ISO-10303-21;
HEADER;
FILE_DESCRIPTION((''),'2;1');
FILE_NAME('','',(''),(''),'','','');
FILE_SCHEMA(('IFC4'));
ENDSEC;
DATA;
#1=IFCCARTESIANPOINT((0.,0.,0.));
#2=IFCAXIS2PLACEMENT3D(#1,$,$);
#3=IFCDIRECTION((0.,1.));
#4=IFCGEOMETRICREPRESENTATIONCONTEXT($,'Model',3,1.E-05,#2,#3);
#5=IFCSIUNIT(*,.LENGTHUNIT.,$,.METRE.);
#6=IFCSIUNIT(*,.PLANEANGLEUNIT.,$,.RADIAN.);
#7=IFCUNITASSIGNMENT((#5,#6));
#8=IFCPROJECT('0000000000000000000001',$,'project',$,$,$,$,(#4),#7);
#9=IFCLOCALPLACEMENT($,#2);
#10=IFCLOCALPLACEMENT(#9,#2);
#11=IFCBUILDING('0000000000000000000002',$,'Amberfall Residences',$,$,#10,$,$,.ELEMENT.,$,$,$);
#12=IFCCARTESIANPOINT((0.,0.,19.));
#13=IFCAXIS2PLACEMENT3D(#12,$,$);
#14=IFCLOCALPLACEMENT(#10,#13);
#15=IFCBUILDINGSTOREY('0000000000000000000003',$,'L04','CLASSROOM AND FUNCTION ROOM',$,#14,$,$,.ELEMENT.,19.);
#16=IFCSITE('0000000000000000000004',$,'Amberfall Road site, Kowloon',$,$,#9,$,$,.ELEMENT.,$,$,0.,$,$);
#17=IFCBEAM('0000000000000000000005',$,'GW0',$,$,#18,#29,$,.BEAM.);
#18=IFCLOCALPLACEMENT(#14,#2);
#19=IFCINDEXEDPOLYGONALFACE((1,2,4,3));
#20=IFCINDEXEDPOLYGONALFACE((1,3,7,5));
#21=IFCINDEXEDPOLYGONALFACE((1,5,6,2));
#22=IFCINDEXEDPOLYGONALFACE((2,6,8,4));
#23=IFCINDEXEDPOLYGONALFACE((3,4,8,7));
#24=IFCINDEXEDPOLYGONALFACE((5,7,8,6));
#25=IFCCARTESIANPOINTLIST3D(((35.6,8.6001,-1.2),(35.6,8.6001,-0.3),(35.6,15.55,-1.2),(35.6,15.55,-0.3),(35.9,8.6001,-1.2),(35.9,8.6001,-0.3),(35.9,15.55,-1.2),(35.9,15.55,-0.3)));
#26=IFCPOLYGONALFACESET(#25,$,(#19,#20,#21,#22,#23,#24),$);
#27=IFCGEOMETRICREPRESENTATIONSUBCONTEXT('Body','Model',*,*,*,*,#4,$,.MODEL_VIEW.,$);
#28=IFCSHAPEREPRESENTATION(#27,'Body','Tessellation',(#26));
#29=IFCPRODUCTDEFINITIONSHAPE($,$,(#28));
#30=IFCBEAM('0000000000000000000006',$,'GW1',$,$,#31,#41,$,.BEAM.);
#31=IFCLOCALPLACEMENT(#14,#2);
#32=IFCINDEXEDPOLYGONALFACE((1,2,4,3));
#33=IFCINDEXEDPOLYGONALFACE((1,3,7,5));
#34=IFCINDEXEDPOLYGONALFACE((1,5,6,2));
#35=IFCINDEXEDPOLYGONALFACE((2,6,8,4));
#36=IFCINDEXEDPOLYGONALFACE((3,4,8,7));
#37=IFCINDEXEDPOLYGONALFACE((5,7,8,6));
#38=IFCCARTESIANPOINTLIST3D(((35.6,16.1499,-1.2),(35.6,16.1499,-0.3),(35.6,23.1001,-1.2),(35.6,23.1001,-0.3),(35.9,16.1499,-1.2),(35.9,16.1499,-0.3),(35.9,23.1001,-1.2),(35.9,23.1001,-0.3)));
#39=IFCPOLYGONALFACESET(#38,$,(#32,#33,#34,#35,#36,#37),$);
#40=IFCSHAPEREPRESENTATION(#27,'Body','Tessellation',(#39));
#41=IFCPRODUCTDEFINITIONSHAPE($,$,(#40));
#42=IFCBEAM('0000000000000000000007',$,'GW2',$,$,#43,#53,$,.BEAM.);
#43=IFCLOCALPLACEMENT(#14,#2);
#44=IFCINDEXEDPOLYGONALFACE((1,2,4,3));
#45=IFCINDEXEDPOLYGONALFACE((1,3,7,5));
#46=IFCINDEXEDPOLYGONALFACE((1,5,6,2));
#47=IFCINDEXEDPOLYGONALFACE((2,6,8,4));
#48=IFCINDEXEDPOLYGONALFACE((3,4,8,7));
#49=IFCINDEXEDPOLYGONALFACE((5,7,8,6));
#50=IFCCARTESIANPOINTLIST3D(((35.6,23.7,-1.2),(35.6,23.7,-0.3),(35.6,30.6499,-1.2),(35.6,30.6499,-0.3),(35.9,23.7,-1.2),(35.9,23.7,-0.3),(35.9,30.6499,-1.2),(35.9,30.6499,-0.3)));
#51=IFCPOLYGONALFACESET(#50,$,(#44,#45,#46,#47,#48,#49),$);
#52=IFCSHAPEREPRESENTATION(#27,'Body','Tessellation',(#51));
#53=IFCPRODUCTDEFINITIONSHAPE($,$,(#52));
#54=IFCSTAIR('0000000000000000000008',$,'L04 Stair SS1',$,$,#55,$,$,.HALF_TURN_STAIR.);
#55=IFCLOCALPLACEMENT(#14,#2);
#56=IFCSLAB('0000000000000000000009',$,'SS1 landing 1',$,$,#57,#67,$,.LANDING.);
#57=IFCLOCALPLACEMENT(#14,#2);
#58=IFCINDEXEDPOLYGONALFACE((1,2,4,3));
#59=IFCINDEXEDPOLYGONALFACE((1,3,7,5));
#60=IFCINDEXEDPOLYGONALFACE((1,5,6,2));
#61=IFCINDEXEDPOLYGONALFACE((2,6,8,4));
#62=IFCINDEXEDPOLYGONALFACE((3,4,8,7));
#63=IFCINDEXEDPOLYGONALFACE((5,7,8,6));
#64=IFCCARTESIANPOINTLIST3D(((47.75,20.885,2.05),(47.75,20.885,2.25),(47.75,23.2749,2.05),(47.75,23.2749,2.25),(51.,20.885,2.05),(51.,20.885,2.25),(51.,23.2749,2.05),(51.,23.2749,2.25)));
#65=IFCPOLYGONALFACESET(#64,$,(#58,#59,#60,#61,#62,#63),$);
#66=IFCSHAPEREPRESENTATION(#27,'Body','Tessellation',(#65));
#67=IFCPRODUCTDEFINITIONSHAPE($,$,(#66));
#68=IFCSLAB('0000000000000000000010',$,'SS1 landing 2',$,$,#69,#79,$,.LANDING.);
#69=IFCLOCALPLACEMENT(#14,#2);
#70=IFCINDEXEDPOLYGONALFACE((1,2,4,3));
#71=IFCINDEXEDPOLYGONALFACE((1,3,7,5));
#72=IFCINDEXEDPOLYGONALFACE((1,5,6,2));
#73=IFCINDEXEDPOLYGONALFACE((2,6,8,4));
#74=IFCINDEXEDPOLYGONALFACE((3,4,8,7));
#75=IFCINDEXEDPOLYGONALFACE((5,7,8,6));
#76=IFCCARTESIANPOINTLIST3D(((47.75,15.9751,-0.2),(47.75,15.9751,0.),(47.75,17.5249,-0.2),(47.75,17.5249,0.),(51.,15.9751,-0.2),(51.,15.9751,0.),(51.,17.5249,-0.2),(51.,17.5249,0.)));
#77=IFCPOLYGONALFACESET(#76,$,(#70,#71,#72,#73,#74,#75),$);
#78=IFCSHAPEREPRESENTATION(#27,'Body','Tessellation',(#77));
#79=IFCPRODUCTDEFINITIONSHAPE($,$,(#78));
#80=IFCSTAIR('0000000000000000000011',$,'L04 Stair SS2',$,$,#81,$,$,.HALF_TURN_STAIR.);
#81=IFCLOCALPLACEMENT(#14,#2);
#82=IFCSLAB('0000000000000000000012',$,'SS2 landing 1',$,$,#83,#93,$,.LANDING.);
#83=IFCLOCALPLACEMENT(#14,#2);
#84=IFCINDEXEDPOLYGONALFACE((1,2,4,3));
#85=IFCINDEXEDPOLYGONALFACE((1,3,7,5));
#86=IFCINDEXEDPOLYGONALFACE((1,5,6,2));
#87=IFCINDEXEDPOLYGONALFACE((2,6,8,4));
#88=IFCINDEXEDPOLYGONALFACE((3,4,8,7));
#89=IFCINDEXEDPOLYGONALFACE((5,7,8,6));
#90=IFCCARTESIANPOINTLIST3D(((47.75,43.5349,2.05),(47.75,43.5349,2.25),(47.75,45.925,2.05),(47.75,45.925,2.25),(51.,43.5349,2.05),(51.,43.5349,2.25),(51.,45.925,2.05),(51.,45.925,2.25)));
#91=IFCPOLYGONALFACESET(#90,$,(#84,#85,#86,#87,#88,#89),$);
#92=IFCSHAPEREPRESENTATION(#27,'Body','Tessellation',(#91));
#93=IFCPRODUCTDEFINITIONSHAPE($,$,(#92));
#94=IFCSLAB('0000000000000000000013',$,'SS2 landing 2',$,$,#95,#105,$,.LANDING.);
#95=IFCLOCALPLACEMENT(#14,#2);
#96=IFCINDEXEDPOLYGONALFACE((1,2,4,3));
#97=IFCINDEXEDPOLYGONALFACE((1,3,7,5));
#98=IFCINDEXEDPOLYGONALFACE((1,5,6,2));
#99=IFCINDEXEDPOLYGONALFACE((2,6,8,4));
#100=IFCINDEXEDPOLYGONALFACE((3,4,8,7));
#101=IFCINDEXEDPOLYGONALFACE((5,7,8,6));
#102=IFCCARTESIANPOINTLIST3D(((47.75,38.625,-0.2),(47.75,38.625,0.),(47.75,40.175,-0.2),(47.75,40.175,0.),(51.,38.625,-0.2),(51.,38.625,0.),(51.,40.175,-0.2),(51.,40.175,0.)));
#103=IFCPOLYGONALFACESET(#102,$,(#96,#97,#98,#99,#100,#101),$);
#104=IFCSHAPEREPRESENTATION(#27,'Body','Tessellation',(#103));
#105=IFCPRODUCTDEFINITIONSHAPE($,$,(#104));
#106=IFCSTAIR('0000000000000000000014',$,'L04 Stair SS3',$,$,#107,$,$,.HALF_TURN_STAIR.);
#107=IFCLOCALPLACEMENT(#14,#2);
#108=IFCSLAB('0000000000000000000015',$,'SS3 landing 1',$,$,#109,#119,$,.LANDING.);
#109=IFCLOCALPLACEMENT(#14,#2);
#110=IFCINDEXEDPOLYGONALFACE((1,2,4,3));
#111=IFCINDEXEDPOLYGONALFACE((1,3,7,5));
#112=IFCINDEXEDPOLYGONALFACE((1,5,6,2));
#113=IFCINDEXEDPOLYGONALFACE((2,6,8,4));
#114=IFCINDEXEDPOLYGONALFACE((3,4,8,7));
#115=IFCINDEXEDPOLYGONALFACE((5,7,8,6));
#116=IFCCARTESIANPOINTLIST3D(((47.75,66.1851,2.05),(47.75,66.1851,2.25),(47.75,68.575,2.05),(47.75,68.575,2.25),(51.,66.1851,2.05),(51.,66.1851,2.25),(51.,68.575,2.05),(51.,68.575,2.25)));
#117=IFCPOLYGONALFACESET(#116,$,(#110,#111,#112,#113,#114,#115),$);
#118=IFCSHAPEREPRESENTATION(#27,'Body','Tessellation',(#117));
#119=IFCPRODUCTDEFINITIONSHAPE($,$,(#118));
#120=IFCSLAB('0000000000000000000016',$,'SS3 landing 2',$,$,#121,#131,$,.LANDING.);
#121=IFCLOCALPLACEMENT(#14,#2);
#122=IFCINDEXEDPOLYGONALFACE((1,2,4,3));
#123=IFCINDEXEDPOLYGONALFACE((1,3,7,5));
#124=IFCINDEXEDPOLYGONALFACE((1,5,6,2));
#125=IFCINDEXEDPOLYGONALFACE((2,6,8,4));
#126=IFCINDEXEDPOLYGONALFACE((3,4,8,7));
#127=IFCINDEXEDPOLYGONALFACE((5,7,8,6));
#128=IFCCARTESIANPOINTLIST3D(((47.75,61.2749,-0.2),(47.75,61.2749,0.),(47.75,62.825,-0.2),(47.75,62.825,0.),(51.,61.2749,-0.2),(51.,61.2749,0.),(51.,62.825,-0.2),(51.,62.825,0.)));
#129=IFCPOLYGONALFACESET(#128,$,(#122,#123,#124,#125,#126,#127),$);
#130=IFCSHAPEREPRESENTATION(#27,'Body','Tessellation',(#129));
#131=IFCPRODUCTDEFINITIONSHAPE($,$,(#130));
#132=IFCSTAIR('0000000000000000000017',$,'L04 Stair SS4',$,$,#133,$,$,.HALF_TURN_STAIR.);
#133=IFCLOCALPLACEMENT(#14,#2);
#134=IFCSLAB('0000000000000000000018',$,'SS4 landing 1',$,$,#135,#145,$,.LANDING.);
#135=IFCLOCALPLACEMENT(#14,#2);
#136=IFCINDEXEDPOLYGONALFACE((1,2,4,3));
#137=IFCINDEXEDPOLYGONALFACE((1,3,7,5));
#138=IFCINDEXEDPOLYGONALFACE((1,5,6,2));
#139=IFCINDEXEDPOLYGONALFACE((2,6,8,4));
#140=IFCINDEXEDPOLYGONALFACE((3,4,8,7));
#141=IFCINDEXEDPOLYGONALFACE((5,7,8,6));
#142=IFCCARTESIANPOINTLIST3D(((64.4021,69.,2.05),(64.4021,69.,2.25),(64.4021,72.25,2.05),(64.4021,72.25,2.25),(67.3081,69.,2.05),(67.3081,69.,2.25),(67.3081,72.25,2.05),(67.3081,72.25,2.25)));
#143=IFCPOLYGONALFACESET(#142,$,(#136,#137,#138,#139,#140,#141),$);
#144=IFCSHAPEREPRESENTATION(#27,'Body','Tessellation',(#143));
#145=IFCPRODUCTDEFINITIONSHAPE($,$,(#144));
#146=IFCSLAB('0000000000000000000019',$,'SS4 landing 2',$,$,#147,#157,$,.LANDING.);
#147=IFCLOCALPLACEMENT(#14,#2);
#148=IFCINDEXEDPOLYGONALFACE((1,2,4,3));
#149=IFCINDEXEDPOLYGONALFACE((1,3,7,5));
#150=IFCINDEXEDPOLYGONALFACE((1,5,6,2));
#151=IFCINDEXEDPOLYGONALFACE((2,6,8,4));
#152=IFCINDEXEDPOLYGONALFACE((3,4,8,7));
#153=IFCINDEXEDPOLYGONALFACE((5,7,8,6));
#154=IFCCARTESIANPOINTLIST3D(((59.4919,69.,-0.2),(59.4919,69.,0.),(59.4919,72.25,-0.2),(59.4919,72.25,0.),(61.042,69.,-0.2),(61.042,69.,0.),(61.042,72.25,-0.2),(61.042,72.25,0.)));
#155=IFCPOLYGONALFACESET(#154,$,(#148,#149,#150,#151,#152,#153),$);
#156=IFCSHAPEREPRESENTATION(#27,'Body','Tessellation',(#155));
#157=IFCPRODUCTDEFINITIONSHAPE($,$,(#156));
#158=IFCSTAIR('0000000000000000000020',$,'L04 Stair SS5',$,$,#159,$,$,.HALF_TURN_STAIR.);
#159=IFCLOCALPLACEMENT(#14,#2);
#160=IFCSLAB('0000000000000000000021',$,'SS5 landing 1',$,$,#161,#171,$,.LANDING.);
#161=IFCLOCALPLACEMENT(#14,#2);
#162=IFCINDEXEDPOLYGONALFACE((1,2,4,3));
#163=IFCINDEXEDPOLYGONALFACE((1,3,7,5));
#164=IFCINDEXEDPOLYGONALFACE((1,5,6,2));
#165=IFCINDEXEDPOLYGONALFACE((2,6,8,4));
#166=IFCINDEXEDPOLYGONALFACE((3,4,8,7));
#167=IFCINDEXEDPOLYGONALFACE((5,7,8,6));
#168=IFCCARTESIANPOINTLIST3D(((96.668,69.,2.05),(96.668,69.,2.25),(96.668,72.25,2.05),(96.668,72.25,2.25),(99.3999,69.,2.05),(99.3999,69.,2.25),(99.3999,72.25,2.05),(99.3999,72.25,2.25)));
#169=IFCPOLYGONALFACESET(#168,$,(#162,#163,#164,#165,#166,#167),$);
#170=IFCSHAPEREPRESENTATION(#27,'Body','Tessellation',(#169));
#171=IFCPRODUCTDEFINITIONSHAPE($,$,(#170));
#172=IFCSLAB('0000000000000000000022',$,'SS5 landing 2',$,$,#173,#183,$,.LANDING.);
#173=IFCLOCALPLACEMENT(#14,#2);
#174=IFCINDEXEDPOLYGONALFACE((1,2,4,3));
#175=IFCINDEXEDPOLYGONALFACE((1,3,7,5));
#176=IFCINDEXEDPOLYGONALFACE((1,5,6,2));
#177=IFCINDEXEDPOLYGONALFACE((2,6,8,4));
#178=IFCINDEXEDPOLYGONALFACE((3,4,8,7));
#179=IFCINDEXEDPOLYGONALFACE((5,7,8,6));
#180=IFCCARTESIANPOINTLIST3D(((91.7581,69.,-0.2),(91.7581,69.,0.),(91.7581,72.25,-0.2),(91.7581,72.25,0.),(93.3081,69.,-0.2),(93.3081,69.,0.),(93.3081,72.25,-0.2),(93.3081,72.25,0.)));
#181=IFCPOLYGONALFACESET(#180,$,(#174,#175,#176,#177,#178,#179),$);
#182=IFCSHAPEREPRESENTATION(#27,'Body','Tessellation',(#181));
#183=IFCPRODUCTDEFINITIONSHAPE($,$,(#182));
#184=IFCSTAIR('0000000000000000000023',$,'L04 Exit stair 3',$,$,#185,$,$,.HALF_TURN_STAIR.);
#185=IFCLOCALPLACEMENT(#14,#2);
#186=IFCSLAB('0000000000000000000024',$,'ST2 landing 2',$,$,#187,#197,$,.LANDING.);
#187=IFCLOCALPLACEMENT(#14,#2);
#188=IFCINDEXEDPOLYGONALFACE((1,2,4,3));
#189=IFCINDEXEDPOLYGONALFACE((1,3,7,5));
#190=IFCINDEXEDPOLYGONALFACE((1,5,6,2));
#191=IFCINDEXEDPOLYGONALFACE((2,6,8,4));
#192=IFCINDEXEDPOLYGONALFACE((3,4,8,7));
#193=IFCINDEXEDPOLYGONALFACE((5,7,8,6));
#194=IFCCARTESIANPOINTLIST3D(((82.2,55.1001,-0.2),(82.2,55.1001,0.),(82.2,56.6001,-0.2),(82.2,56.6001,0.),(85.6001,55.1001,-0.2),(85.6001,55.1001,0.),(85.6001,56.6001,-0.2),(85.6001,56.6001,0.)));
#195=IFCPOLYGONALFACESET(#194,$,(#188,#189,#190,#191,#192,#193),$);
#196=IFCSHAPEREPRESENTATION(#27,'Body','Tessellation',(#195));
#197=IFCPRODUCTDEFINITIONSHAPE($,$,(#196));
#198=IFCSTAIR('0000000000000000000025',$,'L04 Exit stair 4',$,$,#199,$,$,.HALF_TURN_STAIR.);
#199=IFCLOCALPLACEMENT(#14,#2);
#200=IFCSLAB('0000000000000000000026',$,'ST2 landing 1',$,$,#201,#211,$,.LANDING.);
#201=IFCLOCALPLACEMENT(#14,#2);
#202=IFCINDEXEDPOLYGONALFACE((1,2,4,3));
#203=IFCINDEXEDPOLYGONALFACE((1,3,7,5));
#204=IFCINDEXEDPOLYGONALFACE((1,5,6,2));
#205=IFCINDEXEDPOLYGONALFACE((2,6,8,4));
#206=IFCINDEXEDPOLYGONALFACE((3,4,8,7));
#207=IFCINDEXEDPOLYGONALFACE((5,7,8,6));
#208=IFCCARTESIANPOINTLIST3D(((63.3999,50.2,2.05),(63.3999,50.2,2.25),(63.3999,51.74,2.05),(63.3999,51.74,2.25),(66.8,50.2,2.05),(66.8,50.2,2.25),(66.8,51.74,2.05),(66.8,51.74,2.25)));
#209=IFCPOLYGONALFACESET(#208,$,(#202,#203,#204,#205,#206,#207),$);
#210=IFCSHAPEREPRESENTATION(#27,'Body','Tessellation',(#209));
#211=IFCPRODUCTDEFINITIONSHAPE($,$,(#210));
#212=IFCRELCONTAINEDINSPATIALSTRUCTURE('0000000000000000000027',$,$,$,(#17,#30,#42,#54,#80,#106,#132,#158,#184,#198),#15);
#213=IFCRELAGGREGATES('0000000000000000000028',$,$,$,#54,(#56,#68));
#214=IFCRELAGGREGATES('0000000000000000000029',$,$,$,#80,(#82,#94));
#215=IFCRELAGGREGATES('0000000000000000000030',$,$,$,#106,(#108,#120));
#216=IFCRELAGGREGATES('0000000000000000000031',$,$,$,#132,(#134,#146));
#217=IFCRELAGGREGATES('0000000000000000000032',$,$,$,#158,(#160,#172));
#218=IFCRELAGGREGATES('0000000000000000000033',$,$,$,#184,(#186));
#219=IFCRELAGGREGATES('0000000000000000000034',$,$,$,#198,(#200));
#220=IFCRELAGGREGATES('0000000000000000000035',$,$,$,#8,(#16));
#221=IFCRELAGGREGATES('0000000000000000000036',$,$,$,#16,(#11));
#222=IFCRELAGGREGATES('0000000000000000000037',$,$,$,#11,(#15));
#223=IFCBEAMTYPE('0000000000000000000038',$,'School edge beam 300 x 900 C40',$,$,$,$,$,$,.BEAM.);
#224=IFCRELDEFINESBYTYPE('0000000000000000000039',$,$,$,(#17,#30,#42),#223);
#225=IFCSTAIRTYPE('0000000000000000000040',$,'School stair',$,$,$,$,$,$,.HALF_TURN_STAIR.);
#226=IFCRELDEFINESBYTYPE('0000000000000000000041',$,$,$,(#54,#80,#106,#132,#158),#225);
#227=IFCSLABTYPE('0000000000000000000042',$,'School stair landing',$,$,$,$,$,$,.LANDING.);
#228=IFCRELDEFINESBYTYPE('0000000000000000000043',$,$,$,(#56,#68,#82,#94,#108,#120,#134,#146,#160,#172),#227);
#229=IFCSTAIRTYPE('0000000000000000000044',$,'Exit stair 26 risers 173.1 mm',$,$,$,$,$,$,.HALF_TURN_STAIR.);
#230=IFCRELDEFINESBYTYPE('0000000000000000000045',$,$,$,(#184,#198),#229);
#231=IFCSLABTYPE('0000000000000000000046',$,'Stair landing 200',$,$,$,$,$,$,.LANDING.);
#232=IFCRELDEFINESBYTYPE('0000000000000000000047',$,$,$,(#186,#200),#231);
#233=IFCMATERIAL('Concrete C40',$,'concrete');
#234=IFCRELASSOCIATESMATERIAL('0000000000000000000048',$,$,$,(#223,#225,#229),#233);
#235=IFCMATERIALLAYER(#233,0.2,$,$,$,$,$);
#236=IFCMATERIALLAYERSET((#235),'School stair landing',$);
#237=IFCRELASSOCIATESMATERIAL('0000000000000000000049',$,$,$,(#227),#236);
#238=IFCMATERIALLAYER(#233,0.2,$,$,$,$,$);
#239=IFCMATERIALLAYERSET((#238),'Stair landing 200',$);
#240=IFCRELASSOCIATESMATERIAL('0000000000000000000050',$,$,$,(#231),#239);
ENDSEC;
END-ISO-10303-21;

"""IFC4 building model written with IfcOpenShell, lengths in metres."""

from ifc_helpers import new_model, si_unit, direction, frame, origin, origin_2d, place, context, subcontext, project, spatial, polyline, rectangle, outline, extrude, material, layer, layer_set, material_profile, profile_set, type_object, element, aggregate, save


model = new_model("IFC4")

# Units and contexts
model_context = context("Model", 3, precision=1e-05, world=origin(), true_north=direction((0.0, 1.0)))
body_context = subcontext(model_context, "Body", "Model", "MODEL_VIEW")
ifc_project = project(units=[si_unit("LENGTHUNIT", "METRE"), si_unit("PLANEANGLEUNIT", "RADIAN")], contexts=[model_context])

# Site, building, storey
site_placement = place(None, origin())
site = spatial("IfcSite", under=ifc_project, at=site_placement, Name="Amberfall Road site, Kowloon", CompositionType="ELEMENT", RefElevation=0.0)
building_placement = place(site_placement, origin())
building = spatial("IfcBuilding", under=site, at=building_placement, Name="Amberfall Residences", CompositionType="ELEMENT")
storey_placement = place(building_placement, frame((0.0, 0.0, 19.0)))
storey = spatial("IfcBuildingStorey", under=building, at=storey_placement, Name="L04", Description="CLASSROOM AND FUNCTION ROOM", CompositionType="ELEMENT", Elevation=19.0)

# Beams
ifc_material_1 = material(Name="Concrete C40", Category="concrete")
ifc_material_profile = material_profile(ifc_material_1, rectangle(XDim=0.3, YDim=0.8999, at=origin_2d()), Name="School edge beam 300 x 900 C40")
ifc_profile_set = profile_set([ifc_material_profile], Name="Concrete C40")
beam_type = type_object("IfcBeamType", Name="School edge beam 300 x 900 C40", PredefinedType="BEAM", material=ifc_profile_set)
beam_1_placement = place(storey_placement, frame((35.75, 8.6001, -0.75), z_axis=(0.0, 1.0, 0.0), x_axis=(-1.0, 0.0, 0.0)))
element("IfcBeam", 1, at=beam_1_placement, inside=storey, type_object=beam_type, Name="GW0", PredefinedType="BEAM", context=body_context, shape_type="SweptSolid", body=[
    extrude(rectangle(XDim=0.3, YDim=0.8999, at=origin_2d()), origin(), (0.0, 0.0, 1.0), 6.95),
])
beam_2_placement = place(storey_placement, frame((35.75, 16.1499, -0.75), z_axis=(0.0, 1.0, 0.0), x_axis=(-1.0, 0.0, 0.0)))
element("IfcBeam", 2, at=beam_2_placement, inside=storey, type_object=beam_type, Name="GW1", PredefinedType="BEAM", context=body_context, shape_type="SweptSolid", body=[
    extrude(rectangle(XDim=0.3, YDim=0.8999, at=origin_2d()), origin(), (0.0, 0.0, 1.0), 6.9502),
])
beam_3_placement = place(storey_placement, frame((35.75, 23.7, -0.75), z_axis=(0.0, 1.0, 0.0), x_axis=(-1.0, 0.0, 0.0)))
element("IfcBeam", 3, at=beam_3_placement, inside=storey, type_object=beam_type, Name="GW2", PredefinedType="BEAM", context=body_context, shape_type="SweptSolid", body=[
    extrude(rectangle(XDim=0.3, YDim=0.8999, at=origin_2d()), origin(), (0.0, 0.0, 1.0), 6.95),
])

# Stairs, slabs
stair_type_1 = type_object("IfcStairType", Name="School stair", PredefinedType="HALF_TURN_STAIR", material=ifc_material_1)
stair_1_placement = place(storey_placement, origin())
stair_1 = element("IfcStair", 4, at=stair_1_placement, inside=storey, type_object=stair_type_1, Name="L04 Stair SS1", PredefinedType="HALF_TURN_STAIR")
ifc_layer_1 = layer(ifc_material_1, 0.2)
ifc_layer_set_1 = layer_set([ifc_layer_1], Name="School stair landing")
slab_type_1 = type_object("IfcSlabType", Name="School stair landing", PredefinedType="LANDING", material=ifc_layer_set_1)
slab_1_placement = place(storey_placement, frame((0.0, 0.0, 2.05)))
slab_1 = element("IfcSlab", 5, at=slab_1_placement, type_object=slab_type_1, Name="SS1 landing 1", PredefinedType="LANDING", context=body_context, shape_type="SweptSolid", body=[
    extrude(outline(polyline([(51.0, 20.885), (51.0, 23.2749), (47.75, 23.2749), (47.75, 20.885), (51.0, 20.885)])), origin(), (0.0, 0.0, 1.0), 0.2),
])
slab_2_placement = place(storey_placement, frame((0.0, 0.0, -0.2)))
slab_2 = element("IfcSlab", 6, at=slab_2_placement, type_object=slab_type_1, Name="SS1 landing 2", PredefinedType="LANDING", context=body_context, shape_type="SweptSolid", body=[
    extrude(outline(polyline([(51.0, 15.9751), (51.0, 17.5249), (47.75, 17.5249), (47.75, 15.9751), (51.0, 15.9751)])), origin(), (0.0, 0.0, 1.0), 0.2),
])
aggregate(stair_1, [slab_1, slab_2])
stair_2_placement = place(storey_placement, origin())
stair_2 = element("IfcStair", 7, at=stair_2_placement, inside=storey, type_object=stair_type_1, Name="L04 Stair SS2", PredefinedType="HALF_TURN_STAIR")
slab_3_placement = place(storey_placement, frame((0.0, 0.0, 2.05)))
slab_3 = element("IfcSlab", 8, at=slab_3_placement, type_object=slab_type_1, Name="SS2 landing 1", PredefinedType="LANDING", context=body_context, shape_type="SweptSolid", body=[
    extrude(outline(polyline([(51.0, 43.5349), (51.0, 45.925), (47.75, 45.925), (47.75, 43.5349), (51.0, 43.5349)])), origin(), (0.0, 0.0, 1.0), 0.2),
])
slab_4_placement = place(storey_placement, frame((0.0, 0.0, -0.2)))
slab_4 = element("IfcSlab", 9, at=slab_4_placement, type_object=slab_type_1, Name="SS2 landing 2", PredefinedType="LANDING", context=body_context, shape_type="SweptSolid", body=[
    extrude(outline(polyline([(51.0, 38.625), (51.0, 40.175), (47.75, 40.175), (47.75, 38.625), (51.0, 38.625)])), origin(), (0.0, 0.0, 1.0), 0.2),
])
aggregate(stair_2, [slab_3, slab_4])
stair_3_placement = place(storey_placement, origin())
stair_3 = element("IfcStair", 10, at=stair_3_placement, inside=storey, type_object=stair_type_1, Name="L04 Stair SS3", PredefinedType="HALF_TURN_STAIR")
slab_5_placement = place(storey_placement, frame((0.0, 0.0, 2.05)))
slab_5 = element("IfcSlab", 11, at=slab_5_placement, type_object=slab_type_1, Name="SS3 landing 1", PredefinedType="LANDING", context=body_context, shape_type="SweptSolid", body=[
    extrude(outline(polyline([(51.0, 66.1851), (51.0, 68.575), (47.75, 68.575), (47.75, 66.1851), (51.0, 66.1851)])), origin(), (0.0, 0.0, 1.0), 0.2),
])
slab_6_placement = place(storey_placement, frame((0.0, 0.0, -0.2)))
slab_6 = element("IfcSlab", 12, at=slab_6_placement, type_object=slab_type_1, Name="SS3 landing 2", PredefinedType="LANDING", context=body_context, shape_type="SweptSolid", body=[
    extrude(outline(polyline([(51.0, 61.2749), (51.0, 62.825), (47.75, 62.825), (47.75, 61.2749), (51.0, 61.2749)])), origin(), (0.0, 0.0, 1.0), 0.2),
])
aggregate(stair_3, [slab_5, slab_6])
stair_4_placement = place(storey_placement, origin())
stair_4 = element("IfcStair", 13, at=stair_4_placement, inside=storey, type_object=stair_type_1, Name="L04 Stair SS4", PredefinedType="HALF_TURN_STAIR")
slab_7_placement = place(storey_placement, frame((0.0, 0.0, 2.05)))
slab_7 = element("IfcSlab", 14, at=slab_7_placement, type_object=slab_type_1, Name="SS4 landing 1", PredefinedType="LANDING", context=body_context, shape_type="SweptSolid", body=[
    extrude(outline(polyline([(64.4021, 69.0), (67.3081, 69.0), (67.3081, 72.25), (64.4021, 72.25), (64.4021, 69.0)])), origin(), (0.0, 0.0, 1.0), 0.2),
])
slab_8_placement = place(storey_placement, frame((0.0, 0.0, -0.2)))
slab_8 = element("IfcSlab", 15, at=slab_8_placement, type_object=slab_type_1, Name="SS4 landing 2", PredefinedType="LANDING", context=body_context, shape_type="SweptSolid", body=[
    extrude(outline(polyline([(59.4919, 69.0), (61.042, 69.0), (61.042, 72.25), (59.4919, 72.25), (59.4919, 69.0)])), origin(), (0.0, 0.0, 1.0), 0.2),
])
aggregate(stair_4, [slab_7, slab_8])
stair_5_placement = place(storey_placement, origin())
stair_5 = element("IfcStair", 16, at=stair_5_placement, inside=storey, type_object=stair_type_1, Name="L04 Stair SS5", PredefinedType="HALF_TURN_STAIR")
slab_9_placement = place(storey_placement, frame((0.0, 0.0, 2.05)))
slab_9 = element("IfcSlab", 17, at=slab_9_placement, type_object=slab_type_1, Name="SS5 landing 1", PredefinedType="LANDING", context=body_context, shape_type="SweptSolid", body=[
    extrude(outline(polyline([(96.668, 69.0), (99.3999, 69.0), (99.3999, 72.25), (96.668, 72.25), (96.668, 69.0)])), origin(), (0.0, 0.0, 1.0), 0.2),
])
slab_10_placement = place(storey_placement, frame((0.0, 0.0, -0.2)))
slab_10 = element("IfcSlab", 18, at=slab_10_placement, type_object=slab_type_1, Name="SS5 landing 2", PredefinedType="LANDING", context=body_context, shape_type="SweptSolid", body=[
    extrude(outline(polyline([(91.7581, 69.0), (93.3081, 69.0), (93.3081, 72.25), (91.7581, 72.25), (91.7581, 69.0)])), origin(), (0.0, 0.0, 1.0), 0.2),
])
aggregate(stair_5, [slab_9, slab_10])

# Stair, slab
stair_type_2 = type_object("IfcStairType", Name="Exit stair 26 risers 173.1 mm", PredefinedType="HALF_TURN_STAIR", material=ifc_material_1)
stair_6_placement = place(storey_placement, origin())
stair_6 = element("IfcStair", 19, at=stair_6_placement, inside=storey, type_object=stair_type_2, Name="L04 Exit stair 3", PredefinedType="HALF_TURN_STAIR")
ifc_layer_2 = layer(ifc_material_1, 0.2)
ifc_layer_set_2 = layer_set([ifc_layer_2], Name="Stair landing 200")
slab_type_2 = type_object("IfcSlabType", Name="Stair landing 200", PredefinedType="LANDING", material=ifc_layer_set_2)
slab_11_placement = place(storey_placement, frame((0.0, 0.0, -0.2)))
slab_11 = element("IfcSlab", 20, at=slab_11_placement, type_object=slab_type_2, Name="ST2 landing 2", PredefinedType="LANDING", context=body_context, shape_type="SweptSolid", body=[
    extrude(outline(polyline([(82.2, 56.6001), (82.2, 55.1001), (85.6001, 55.1001), (85.6001, 56.6001), (82.2, 56.6001)])), origin(), (0.0, 0.0, 1.0), 0.2),
])
aggregate(stair_6, [slab_11])

# Stair, slab
stair_7_placement = place(storey_placement, origin())
stair_7 = element("IfcStair", 21, at=stair_7_placement, inside=storey, type_object=stair_type_2, Name="L04 Exit stair 4", PredefinedType="HALF_TURN_STAIR")
slab_12_placement = place(storey_placement, frame((0.0, 0.0, 2.05)))
slab_12 = element("IfcSlab", 22, at=slab_12_placement, type_object=slab_type_2, Name="ST2 landing 1", PredefinedType="LANDING", context=body_context, shape_type="SweptSolid", body=[
    extrude(outline(polyline([(63.3999, 51.74), (63.3999, 50.2), (66.8, 50.2), (66.8, 51.74), (63.3999, 51.74)])), origin(), (0.0, 0.0, 1.0), 0.2),
])
aggregate(stair_7, [slab_12])

save(model, "model.ifc")
